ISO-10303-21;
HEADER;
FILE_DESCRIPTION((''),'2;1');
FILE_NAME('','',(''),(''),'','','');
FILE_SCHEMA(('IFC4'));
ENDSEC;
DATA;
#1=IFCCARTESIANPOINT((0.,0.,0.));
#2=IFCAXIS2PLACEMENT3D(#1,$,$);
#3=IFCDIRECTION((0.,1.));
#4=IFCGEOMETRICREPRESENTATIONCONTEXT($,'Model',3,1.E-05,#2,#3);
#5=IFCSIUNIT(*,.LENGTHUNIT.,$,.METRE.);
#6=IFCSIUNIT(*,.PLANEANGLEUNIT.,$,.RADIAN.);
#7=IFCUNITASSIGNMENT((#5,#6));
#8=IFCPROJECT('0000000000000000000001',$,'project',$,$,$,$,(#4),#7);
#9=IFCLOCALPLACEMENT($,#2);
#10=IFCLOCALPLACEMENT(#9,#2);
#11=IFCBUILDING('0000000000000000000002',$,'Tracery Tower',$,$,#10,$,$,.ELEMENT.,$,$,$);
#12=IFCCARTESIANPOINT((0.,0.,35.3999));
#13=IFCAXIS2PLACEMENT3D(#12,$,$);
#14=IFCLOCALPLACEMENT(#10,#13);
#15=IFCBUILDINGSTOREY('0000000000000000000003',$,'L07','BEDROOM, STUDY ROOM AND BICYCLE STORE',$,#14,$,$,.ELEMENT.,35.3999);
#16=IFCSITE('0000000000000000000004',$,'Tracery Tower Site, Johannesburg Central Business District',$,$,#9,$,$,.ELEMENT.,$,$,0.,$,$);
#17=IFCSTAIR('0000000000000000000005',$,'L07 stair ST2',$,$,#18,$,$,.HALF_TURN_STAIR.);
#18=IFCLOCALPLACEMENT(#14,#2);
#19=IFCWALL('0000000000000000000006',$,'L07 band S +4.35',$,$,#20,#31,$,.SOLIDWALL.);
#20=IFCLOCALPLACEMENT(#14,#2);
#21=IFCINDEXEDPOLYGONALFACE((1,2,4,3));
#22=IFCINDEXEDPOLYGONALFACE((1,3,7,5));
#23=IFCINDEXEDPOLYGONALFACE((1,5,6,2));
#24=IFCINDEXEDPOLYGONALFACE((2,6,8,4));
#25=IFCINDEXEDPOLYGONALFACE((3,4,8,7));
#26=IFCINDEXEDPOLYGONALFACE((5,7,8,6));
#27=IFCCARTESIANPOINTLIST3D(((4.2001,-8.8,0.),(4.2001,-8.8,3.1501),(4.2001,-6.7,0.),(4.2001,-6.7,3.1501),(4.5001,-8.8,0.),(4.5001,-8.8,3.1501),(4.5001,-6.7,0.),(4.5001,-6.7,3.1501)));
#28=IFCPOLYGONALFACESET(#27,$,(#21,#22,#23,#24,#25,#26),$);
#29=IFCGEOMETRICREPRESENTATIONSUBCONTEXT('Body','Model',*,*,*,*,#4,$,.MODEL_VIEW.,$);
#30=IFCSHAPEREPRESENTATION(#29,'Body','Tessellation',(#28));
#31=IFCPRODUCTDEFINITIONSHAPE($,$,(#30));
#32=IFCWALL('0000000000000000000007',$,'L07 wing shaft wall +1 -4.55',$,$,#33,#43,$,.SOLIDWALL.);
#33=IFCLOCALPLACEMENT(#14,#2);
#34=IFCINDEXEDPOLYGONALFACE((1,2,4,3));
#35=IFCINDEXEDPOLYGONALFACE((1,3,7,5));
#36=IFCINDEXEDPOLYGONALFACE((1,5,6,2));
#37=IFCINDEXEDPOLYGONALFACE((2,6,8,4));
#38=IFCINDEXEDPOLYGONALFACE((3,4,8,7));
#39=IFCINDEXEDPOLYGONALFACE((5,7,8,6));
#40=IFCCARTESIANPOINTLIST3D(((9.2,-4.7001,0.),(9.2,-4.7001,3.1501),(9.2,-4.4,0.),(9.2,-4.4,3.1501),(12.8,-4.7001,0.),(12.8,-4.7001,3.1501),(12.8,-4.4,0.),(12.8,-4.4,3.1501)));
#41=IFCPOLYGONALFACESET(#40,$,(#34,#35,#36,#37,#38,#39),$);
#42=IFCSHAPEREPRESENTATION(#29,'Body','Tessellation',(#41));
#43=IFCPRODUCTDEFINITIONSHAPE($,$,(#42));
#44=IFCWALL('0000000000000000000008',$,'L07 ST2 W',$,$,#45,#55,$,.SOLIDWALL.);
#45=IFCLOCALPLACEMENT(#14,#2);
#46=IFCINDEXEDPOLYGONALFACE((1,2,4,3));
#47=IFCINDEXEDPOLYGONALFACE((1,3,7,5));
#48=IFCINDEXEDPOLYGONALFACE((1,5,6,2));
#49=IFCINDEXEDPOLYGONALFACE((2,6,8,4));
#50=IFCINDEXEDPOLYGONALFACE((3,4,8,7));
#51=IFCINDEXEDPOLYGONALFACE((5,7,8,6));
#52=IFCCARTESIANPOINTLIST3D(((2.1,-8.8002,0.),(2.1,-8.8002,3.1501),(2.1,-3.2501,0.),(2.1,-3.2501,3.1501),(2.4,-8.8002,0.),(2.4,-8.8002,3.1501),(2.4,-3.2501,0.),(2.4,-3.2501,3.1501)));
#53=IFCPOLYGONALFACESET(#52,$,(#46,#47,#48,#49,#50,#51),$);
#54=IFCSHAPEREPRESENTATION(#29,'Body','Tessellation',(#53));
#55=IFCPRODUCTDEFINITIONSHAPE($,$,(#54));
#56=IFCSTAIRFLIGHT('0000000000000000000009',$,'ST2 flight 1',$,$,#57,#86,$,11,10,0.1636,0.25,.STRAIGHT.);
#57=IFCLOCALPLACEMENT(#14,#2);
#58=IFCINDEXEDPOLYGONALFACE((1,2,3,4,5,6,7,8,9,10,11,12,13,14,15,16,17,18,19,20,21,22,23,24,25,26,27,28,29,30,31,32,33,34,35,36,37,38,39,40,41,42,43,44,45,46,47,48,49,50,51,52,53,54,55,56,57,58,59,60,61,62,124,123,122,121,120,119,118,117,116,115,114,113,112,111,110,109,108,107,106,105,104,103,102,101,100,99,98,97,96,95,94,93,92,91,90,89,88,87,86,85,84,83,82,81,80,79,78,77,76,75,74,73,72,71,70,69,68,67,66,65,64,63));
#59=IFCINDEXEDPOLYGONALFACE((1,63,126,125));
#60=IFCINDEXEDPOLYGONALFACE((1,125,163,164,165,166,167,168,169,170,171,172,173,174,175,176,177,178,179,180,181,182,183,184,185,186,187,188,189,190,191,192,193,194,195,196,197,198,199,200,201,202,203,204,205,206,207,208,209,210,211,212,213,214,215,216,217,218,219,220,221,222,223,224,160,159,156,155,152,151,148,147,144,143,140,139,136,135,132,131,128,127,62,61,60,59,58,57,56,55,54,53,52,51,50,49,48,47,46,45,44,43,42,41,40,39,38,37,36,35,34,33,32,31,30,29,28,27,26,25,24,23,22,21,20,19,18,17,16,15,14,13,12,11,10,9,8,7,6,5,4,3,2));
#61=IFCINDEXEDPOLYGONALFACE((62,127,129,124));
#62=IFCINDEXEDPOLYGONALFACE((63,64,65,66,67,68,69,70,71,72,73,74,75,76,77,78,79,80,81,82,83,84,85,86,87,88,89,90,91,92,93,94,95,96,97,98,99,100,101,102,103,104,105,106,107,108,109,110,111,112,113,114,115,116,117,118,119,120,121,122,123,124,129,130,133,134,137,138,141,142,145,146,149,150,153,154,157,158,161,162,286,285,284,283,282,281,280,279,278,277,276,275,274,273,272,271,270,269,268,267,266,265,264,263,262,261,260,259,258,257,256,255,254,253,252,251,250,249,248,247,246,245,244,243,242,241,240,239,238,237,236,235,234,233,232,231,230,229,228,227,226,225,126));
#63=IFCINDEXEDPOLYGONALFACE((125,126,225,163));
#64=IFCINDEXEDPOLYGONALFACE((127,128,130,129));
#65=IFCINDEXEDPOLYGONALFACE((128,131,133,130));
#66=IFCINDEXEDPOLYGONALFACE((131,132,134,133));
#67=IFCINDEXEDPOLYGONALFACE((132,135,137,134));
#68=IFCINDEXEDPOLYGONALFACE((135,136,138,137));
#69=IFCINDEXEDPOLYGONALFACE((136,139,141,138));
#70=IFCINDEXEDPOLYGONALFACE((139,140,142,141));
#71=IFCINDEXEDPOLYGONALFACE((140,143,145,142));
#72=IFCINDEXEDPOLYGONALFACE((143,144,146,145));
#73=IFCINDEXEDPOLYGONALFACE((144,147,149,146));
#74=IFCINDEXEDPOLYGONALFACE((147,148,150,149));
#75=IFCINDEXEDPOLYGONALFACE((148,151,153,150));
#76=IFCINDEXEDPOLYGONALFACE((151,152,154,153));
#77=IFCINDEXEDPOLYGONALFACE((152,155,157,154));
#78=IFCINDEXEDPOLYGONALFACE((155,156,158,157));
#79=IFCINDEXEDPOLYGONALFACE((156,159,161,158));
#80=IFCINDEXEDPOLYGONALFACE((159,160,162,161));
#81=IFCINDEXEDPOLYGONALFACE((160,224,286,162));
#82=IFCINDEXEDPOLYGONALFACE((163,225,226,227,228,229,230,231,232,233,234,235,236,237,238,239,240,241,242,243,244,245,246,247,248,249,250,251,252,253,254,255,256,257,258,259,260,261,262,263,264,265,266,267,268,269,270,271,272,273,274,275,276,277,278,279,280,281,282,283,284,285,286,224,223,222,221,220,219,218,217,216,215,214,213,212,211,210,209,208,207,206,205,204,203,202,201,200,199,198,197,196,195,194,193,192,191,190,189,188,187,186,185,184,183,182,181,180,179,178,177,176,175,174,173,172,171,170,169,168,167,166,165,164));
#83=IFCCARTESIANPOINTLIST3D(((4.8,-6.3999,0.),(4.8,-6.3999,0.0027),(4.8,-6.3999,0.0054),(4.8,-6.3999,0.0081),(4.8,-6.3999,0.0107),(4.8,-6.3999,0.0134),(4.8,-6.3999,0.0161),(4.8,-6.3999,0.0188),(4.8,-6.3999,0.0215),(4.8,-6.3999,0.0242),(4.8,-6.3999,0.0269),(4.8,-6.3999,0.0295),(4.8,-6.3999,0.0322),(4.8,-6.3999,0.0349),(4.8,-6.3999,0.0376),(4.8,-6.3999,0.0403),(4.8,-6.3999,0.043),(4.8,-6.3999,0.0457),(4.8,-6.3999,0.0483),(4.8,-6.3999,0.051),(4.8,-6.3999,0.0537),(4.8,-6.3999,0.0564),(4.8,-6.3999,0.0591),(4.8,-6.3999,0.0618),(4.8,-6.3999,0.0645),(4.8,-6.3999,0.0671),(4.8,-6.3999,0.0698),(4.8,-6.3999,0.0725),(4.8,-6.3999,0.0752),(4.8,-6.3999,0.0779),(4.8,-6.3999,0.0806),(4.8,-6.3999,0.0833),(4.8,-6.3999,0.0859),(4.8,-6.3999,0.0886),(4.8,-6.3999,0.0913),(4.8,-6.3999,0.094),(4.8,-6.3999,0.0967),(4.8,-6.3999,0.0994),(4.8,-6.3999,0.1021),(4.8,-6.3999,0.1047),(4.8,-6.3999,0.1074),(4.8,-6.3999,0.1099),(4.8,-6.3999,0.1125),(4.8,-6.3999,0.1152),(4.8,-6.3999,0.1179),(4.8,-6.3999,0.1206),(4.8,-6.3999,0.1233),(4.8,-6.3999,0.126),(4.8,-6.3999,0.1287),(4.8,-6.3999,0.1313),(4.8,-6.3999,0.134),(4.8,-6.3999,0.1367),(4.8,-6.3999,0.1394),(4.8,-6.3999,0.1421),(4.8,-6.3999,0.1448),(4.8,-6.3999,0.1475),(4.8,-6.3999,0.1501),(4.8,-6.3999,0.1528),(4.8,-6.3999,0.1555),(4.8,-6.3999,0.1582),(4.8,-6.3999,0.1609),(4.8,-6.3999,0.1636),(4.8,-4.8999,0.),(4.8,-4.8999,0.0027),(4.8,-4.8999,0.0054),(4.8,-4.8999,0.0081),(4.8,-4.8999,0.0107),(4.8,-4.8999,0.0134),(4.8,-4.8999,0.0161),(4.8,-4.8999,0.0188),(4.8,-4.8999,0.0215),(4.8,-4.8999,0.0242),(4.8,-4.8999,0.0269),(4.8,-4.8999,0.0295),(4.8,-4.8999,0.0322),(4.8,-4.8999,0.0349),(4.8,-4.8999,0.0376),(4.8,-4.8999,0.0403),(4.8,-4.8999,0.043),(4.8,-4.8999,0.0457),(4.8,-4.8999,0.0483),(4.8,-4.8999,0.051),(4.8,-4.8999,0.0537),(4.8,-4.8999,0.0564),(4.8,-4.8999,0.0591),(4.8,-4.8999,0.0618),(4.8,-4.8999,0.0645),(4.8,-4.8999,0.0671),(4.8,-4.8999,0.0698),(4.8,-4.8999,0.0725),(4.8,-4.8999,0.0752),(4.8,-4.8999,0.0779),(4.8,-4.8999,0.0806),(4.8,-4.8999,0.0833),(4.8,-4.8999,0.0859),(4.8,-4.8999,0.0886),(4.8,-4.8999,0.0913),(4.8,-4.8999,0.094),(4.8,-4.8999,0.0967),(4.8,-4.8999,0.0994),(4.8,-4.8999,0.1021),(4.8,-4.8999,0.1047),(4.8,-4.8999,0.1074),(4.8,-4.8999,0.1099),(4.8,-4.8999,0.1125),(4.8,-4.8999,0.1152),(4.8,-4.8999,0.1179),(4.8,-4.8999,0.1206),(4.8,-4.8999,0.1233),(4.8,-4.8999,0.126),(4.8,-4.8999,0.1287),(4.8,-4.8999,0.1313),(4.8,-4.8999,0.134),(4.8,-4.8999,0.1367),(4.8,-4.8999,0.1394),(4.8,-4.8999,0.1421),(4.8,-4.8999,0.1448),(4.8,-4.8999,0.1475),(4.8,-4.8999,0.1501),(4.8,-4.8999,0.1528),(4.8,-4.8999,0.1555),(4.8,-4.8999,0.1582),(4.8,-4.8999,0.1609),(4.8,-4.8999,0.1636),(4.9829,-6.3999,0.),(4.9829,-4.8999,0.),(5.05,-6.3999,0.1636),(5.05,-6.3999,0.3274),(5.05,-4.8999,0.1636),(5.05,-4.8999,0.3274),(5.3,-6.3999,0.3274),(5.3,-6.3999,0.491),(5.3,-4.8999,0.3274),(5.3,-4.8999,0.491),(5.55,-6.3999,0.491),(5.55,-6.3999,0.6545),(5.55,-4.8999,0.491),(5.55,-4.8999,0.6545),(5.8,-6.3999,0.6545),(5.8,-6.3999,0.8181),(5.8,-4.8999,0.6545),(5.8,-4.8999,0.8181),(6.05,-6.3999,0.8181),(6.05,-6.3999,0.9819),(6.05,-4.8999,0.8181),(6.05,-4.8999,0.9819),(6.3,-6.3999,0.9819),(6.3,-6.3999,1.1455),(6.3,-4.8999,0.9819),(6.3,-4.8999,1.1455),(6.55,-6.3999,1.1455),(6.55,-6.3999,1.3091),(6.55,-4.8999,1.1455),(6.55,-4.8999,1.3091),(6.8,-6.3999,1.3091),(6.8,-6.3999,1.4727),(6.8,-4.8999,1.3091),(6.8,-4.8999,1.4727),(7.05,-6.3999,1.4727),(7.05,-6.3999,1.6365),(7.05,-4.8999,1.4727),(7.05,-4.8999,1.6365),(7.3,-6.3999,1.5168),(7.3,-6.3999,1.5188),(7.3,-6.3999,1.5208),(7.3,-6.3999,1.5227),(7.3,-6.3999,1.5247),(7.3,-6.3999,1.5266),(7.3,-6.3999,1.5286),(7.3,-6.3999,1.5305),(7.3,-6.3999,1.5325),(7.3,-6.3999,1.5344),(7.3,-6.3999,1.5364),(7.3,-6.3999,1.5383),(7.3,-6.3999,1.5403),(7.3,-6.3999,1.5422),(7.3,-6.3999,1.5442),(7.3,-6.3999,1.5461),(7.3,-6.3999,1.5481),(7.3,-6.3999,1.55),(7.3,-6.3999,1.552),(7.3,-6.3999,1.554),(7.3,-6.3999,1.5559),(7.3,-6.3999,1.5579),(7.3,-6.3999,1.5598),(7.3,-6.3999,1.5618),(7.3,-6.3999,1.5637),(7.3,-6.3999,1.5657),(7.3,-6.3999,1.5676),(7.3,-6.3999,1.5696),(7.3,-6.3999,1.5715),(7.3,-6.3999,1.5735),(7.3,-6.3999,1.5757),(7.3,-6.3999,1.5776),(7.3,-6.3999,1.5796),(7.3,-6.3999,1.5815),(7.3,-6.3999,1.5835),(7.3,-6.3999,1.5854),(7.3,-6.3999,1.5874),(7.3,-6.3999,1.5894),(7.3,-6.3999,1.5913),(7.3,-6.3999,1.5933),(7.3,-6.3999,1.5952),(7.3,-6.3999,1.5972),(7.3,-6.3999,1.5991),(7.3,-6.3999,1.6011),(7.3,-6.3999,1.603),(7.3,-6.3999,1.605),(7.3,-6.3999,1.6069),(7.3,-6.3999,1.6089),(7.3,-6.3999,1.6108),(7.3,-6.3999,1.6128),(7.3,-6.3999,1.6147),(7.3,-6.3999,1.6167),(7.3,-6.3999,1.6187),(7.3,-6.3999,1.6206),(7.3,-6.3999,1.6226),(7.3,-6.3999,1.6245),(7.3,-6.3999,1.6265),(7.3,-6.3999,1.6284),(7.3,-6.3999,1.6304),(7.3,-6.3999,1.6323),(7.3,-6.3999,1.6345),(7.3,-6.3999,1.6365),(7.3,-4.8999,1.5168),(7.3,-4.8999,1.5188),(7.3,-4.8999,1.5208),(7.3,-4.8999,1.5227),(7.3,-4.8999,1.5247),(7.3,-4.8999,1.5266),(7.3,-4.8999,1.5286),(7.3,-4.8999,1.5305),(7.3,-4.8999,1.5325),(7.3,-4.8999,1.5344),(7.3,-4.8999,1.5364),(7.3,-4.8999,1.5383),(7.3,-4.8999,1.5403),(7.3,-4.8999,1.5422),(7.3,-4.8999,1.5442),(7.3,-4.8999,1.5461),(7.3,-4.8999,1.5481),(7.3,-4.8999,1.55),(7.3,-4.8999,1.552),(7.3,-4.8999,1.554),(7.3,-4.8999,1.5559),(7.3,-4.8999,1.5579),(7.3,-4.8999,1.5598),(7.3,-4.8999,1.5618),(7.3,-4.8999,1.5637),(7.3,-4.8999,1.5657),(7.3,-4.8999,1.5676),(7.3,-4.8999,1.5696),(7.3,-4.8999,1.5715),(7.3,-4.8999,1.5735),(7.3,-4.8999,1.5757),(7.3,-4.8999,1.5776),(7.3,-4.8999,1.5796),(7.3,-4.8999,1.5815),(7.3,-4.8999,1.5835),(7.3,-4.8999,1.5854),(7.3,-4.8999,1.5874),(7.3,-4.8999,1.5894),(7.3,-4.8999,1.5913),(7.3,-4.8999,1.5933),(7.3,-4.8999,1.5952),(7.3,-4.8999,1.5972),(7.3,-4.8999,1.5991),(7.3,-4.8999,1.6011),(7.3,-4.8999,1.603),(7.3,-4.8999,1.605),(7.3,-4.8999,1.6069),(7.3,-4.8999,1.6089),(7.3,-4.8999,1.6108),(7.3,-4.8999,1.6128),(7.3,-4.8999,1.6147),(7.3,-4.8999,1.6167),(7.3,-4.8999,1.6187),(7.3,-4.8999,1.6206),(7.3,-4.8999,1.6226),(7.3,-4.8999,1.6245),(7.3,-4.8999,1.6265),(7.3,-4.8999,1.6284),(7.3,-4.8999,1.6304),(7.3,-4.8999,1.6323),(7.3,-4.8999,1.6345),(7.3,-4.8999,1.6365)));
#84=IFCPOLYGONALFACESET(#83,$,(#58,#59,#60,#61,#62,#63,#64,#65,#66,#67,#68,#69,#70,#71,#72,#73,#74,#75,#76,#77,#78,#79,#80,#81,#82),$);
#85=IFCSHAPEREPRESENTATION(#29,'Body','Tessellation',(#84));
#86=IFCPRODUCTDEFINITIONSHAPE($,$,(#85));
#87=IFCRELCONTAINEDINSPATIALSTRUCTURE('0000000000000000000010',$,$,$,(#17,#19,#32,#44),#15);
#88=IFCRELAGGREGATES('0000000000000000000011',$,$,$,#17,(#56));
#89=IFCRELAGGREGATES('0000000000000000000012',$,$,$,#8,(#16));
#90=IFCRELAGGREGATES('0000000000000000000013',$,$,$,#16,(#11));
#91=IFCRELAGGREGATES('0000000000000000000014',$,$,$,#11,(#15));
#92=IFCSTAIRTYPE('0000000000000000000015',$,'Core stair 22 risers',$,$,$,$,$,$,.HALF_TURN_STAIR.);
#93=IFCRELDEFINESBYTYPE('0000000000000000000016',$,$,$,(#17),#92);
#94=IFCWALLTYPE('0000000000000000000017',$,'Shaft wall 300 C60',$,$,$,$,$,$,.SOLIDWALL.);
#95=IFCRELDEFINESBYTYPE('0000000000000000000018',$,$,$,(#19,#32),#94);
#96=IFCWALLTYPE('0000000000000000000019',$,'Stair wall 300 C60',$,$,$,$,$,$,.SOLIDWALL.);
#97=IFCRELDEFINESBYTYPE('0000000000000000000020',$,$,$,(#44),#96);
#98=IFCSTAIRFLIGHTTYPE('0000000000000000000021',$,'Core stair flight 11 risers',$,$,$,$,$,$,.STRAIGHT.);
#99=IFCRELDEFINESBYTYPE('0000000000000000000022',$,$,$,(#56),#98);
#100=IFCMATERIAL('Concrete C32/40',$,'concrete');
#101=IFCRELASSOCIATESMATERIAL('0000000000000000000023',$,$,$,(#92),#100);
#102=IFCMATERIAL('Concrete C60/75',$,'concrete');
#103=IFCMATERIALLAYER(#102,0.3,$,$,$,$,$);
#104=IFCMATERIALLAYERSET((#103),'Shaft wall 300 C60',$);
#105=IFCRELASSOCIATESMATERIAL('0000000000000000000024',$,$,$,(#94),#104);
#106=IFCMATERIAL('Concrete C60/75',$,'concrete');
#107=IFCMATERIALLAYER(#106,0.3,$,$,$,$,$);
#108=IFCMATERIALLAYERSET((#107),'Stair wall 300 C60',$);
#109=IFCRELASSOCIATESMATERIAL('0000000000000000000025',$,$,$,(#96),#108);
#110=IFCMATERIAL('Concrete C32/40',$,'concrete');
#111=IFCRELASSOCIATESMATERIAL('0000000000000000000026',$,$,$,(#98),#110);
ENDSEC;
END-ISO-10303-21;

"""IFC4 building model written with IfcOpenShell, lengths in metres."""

from ifc_helpers import new_model, si_unit, direction, frame, frame_2d, origin, place, context, subcontext, project, spatial, polyline, rectangle, outline, extrude, material, layer, layer_set, type_object, element, aggregate, save


model = new_model("IFC4")

# Units and contexts
model_context = context("Model", 3, precision=1e-05, world=origin(), true_north=direction((0.0, 1.0)))
body_context = subcontext(model_context, "Body", "Model", "MODEL_VIEW")
ifc_project = project(units=[si_unit("LENGTHUNIT", "METRE"), si_unit("PLANEANGLEUNIT", "RADIAN")], contexts=[model_context])

# Site, building, storey
site_placement = place(None, origin())
site = spatial("IfcSite", under=ifc_project, at=site_placement, Name="Tracery Tower Site, Johannesburg Central Business District", CompositionType="ELEMENT", RefElevation=0.0)
building_placement = place(site_placement, origin())
building = spatial("IfcBuilding", under=site, at=building_placement, Name="Tracery Tower", CompositionType="ELEMENT")
storey_placement = place(building_placement, frame((0.0, 0.0, 35.3999)))
storey = spatial("IfcBuildingStorey", under=building, at=storey_placement, Name="L07", Description="BEDROOM, STUDY ROOM AND BICYCLE STORE", CompositionType="ELEMENT", Elevation=35.3999)

# Stair
ifc_material_1 = material(Name="Concrete C32/40", Category="concrete")
stair_type = type_object("IfcStairType", Name="Core stair 22 risers", PredefinedType="HALF_TURN_STAIR", material=ifc_material_1)
stair_1_placement = place(storey_placement, origin())
stair_1 = element("IfcStair", 1, at=stair_1_placement, inside=storey, type_object=stair_type, Name="L07 stair ST2", PredefinedType="HALF_TURN_STAIR")

# Walls
ifc_material_2 = material(Name="Concrete C60/75", Category="concrete")
ifc_layer_1 = layer(ifc_material_2, 0.3)
ifc_layer_set_1 = layer_set([ifc_layer_1], Name="Shaft wall 300 C60")
wall_type_1 = type_object("IfcWallType", Name="Shaft wall 300 C60", PredefinedType="SOLIDWALL", material=ifc_layer_set_1)
wall_1_placement = place(storey_placement, frame((4.3501, -8.8, 0.0), z_axis=(0.0, 0.0, 1.0), x_axis=(0.0, 1.0, 0.0)))
element("IfcWall", 2, at=wall_1_placement, inside=storey, type_object=wall_type_1, Name="L07 band S +4.35", PredefinedType="SOLIDWALL", context=body_context, shape_type="SweptSolid", body=[
    extrude(rectangle(XDim=2.1001, YDim=0.3, at=frame_2d((1.05, 0.0))), origin(), (0.0, 0.0, 1.0), 3.1501),
])
wall_2_placement = place(storey_placement, frame((9.2, -4.55, 0.0), z_axis=(0.0, 0.0, 1.0), x_axis=(1.0, 0.0, 0.0)))
element("IfcWall", 3, at=wall_2_placement, inside=storey, type_object=wall_type_1, Name="L07 wing shaft wall +1 -4.55", PredefinedType="SOLIDWALL", context=body_context, shape_type="SweptSolid", body=[
    extrude(rectangle(XDim=3.6001, YDim=0.3, at=frame_2d((1.8, 0.0))), origin(), (0.0, 0.0, 1.0), 3.1501),
])

# Shared definitions
ifc_material_3 = material(Name="Concrete C60/75", Category="concrete")
ifc_layer_2 = layer(ifc_material_3, 0.3)
ifc_layer_set_2 = layer_set([ifc_layer_2], Name="Stair wall 300 C60")
wall_type_2 = type_object("IfcWallType", Name="Stair wall 300 C60", PredefinedType="SOLIDWALL", material=ifc_layer_set_2)

# Wall
wall_3_placement = place(storey_placement, frame((2.25, -8.8, 0.0), z_axis=(0.0, 0.0, 1.0), x_axis=(0.0, 1.0, 0.0)))
element("IfcWall", 4, at=wall_3_placement, inside=storey, type_object=wall_type_2, Name="L07 ST2 W", PredefinedType="SOLIDWALL", context=body_context, shape_type="SweptSolid", body=[
    extrude(rectangle(XDim=5.55, YDim=0.3, at=frame_2d((2.7749, 0.0))), origin(), (0.0, 0.0, 1.0), 3.1501),
])

# Stair flight
ifc_material_4 = material(Name="Concrete C32/40", Category="concrete")
stair_flight_type = type_object("IfcStairFlightType", Name="Core stair flight 11 risers", PredefinedType="STRAIGHT", material=ifc_material_4)
stair_flight_1_placement = place(storey_placement, frame((4.8, -5.6499, 0.0), z_axis=(0.0, 0.0, 1.0), x_axis=(1.0, 0.0, 0.0)))
stair_flight_1 = element("IfcStairFlight", 5, at=stair_flight_1_placement, type_object=stair_flight_type, Name="ST2 flight 1", NumberOfRisers=11, NumberOfTreads=10, PredefinedType="STRAIGHT", RiserHeight=0.1636, TreadLength=0.25, context=body_context, shape_type="SweptSolid", body=[
    extrude(outline(polyline([(0.0, 0.0), (0.0, 0.0027), (0.0, 0.0054), (0.0, 0.0081), (0.0, 0.0107), (0.0, 0.0134), (0.0, 0.0161), (0.0, 0.0188), (0.0, 0.0215), (0.0, 0.0242), (0.0, 0.0269), (0.0, 0.0295), (0.0, 0.0322), (0.0, 0.0349), (0.0, 0.0376), (0.0, 0.0403), (0.0, 0.043), (0.0, 0.0457), (0.0, 0.0483), (0.0, 0.051), (0.0, 0.0537), (0.0, 0.0564), (0.0, 0.0591), (0.0, 0.0618), (0.0, 0.0645), (0.0, 0.0671), (0.0, 0.0698), (0.0, 0.0725), (0.0, 0.0752), (0.0, 0.0779), (0.0, 0.0806), (0.0, 0.0833), (0.0, 0.0859), (0.0, 0.0886), (0.0, 0.0913), (0.0, 0.094), (0.0, 0.0967), (0.0, 0.0994), (0.0, 0.1021), (0.0, 0.1047), (0.0, 0.1074), (0.0, 0.1099), (0.0, 0.1125), (0.0, 0.1152), (0.0, 0.1179), (0.0, 0.1206), (0.0, 0.1233), (0.0, 0.126), (0.0, 0.1287), (0.0, 0.1313), (0.0, 0.134), (0.0, 0.1367), (0.0, 0.1394), (0.0, 0.1421), (0.0, 0.1448), (0.0, 0.1475), (0.0, 0.1501), (0.0, 0.1528), (0.0, 0.1555), (0.0, 0.1582), (0.0, 0.1609), (0.0, 0.1636), (0.25, 0.1636), (0.25, 0.3274), (0.5, 0.3274), (0.5, 0.491), (0.75, 0.491), (0.75, 0.6545), (1.0, 0.6545), (1.0, 0.8181), (1.25, 0.8181), (1.25, 0.9819), (1.5, 0.9819), (1.5, 1.1455), (1.75, 1.1455), (1.75, 1.3091), (2.0, 1.3091), (2.0, 1.4727), (2.25, 1.4727), (2.25, 1.6365), (2.5, 1.6365), (2.5, 1.6345), (2.5, 1.6323), (2.5, 1.6304), (2.5, 1.6284), (2.5, 1.6265), (2.5, 1.6245), (2.5, 1.6226), (2.5, 1.6206), (2.5, 1.6187), (2.5, 1.6167), (2.5, 1.6147), (2.5, 1.6128), (2.5, 1.6108), (2.5, 1.6089), (2.5, 1.6069), (2.5, 1.605), (2.5, 1.603), (2.5, 1.6011), (2.5, 1.5991), (2.5, 1.5972), (2.5, 1.5952), (2.5, 1.5933), (2.5, 1.5913), (2.5, 1.5894), (2.5, 1.5874), (2.5, 1.5854), (2.5, 1.5835), (2.5, 1.5815), (2.5, 1.5796), (2.5, 1.5776), (2.5, 1.5757), (2.5, 1.5735), (2.5, 1.5715), (2.5, 1.5696), (2.5, 1.5676), (2.5, 1.5657), (2.5, 1.5637), (2.5, 1.5618), (2.5, 1.5598), (2.5, 1.5579), (2.5, 1.5559), (2.5, 1.554), (2.5, 1.552), (2.5, 1.55), (2.5, 1.5481), (2.5, 1.5461), (2.5, 1.5442), (2.5, 1.5422), (2.5, 1.5403), (2.5, 1.5383), (2.5, 1.5364), (2.5, 1.5344), (2.5, 1.5325), (2.5, 1.5305), (2.5, 1.5286), (2.5, 1.5266), (2.5, 1.5247), (2.5, 1.5227), (2.5, 1.5208), (2.5, 1.5188), (2.5, 1.5168), (0.1829, 0.0), (0.0, 0.0)])), frame((0.0, 0.75, 0.0), z_axis=(0.0, -1.0, 0.0), x_axis=(1.0, 0.0, 0.0)), (0.0, 0.0, 1.0), 1.5),
])
aggregate(stair_1, [stair_flight_1])

save(model, "model.ifc")
